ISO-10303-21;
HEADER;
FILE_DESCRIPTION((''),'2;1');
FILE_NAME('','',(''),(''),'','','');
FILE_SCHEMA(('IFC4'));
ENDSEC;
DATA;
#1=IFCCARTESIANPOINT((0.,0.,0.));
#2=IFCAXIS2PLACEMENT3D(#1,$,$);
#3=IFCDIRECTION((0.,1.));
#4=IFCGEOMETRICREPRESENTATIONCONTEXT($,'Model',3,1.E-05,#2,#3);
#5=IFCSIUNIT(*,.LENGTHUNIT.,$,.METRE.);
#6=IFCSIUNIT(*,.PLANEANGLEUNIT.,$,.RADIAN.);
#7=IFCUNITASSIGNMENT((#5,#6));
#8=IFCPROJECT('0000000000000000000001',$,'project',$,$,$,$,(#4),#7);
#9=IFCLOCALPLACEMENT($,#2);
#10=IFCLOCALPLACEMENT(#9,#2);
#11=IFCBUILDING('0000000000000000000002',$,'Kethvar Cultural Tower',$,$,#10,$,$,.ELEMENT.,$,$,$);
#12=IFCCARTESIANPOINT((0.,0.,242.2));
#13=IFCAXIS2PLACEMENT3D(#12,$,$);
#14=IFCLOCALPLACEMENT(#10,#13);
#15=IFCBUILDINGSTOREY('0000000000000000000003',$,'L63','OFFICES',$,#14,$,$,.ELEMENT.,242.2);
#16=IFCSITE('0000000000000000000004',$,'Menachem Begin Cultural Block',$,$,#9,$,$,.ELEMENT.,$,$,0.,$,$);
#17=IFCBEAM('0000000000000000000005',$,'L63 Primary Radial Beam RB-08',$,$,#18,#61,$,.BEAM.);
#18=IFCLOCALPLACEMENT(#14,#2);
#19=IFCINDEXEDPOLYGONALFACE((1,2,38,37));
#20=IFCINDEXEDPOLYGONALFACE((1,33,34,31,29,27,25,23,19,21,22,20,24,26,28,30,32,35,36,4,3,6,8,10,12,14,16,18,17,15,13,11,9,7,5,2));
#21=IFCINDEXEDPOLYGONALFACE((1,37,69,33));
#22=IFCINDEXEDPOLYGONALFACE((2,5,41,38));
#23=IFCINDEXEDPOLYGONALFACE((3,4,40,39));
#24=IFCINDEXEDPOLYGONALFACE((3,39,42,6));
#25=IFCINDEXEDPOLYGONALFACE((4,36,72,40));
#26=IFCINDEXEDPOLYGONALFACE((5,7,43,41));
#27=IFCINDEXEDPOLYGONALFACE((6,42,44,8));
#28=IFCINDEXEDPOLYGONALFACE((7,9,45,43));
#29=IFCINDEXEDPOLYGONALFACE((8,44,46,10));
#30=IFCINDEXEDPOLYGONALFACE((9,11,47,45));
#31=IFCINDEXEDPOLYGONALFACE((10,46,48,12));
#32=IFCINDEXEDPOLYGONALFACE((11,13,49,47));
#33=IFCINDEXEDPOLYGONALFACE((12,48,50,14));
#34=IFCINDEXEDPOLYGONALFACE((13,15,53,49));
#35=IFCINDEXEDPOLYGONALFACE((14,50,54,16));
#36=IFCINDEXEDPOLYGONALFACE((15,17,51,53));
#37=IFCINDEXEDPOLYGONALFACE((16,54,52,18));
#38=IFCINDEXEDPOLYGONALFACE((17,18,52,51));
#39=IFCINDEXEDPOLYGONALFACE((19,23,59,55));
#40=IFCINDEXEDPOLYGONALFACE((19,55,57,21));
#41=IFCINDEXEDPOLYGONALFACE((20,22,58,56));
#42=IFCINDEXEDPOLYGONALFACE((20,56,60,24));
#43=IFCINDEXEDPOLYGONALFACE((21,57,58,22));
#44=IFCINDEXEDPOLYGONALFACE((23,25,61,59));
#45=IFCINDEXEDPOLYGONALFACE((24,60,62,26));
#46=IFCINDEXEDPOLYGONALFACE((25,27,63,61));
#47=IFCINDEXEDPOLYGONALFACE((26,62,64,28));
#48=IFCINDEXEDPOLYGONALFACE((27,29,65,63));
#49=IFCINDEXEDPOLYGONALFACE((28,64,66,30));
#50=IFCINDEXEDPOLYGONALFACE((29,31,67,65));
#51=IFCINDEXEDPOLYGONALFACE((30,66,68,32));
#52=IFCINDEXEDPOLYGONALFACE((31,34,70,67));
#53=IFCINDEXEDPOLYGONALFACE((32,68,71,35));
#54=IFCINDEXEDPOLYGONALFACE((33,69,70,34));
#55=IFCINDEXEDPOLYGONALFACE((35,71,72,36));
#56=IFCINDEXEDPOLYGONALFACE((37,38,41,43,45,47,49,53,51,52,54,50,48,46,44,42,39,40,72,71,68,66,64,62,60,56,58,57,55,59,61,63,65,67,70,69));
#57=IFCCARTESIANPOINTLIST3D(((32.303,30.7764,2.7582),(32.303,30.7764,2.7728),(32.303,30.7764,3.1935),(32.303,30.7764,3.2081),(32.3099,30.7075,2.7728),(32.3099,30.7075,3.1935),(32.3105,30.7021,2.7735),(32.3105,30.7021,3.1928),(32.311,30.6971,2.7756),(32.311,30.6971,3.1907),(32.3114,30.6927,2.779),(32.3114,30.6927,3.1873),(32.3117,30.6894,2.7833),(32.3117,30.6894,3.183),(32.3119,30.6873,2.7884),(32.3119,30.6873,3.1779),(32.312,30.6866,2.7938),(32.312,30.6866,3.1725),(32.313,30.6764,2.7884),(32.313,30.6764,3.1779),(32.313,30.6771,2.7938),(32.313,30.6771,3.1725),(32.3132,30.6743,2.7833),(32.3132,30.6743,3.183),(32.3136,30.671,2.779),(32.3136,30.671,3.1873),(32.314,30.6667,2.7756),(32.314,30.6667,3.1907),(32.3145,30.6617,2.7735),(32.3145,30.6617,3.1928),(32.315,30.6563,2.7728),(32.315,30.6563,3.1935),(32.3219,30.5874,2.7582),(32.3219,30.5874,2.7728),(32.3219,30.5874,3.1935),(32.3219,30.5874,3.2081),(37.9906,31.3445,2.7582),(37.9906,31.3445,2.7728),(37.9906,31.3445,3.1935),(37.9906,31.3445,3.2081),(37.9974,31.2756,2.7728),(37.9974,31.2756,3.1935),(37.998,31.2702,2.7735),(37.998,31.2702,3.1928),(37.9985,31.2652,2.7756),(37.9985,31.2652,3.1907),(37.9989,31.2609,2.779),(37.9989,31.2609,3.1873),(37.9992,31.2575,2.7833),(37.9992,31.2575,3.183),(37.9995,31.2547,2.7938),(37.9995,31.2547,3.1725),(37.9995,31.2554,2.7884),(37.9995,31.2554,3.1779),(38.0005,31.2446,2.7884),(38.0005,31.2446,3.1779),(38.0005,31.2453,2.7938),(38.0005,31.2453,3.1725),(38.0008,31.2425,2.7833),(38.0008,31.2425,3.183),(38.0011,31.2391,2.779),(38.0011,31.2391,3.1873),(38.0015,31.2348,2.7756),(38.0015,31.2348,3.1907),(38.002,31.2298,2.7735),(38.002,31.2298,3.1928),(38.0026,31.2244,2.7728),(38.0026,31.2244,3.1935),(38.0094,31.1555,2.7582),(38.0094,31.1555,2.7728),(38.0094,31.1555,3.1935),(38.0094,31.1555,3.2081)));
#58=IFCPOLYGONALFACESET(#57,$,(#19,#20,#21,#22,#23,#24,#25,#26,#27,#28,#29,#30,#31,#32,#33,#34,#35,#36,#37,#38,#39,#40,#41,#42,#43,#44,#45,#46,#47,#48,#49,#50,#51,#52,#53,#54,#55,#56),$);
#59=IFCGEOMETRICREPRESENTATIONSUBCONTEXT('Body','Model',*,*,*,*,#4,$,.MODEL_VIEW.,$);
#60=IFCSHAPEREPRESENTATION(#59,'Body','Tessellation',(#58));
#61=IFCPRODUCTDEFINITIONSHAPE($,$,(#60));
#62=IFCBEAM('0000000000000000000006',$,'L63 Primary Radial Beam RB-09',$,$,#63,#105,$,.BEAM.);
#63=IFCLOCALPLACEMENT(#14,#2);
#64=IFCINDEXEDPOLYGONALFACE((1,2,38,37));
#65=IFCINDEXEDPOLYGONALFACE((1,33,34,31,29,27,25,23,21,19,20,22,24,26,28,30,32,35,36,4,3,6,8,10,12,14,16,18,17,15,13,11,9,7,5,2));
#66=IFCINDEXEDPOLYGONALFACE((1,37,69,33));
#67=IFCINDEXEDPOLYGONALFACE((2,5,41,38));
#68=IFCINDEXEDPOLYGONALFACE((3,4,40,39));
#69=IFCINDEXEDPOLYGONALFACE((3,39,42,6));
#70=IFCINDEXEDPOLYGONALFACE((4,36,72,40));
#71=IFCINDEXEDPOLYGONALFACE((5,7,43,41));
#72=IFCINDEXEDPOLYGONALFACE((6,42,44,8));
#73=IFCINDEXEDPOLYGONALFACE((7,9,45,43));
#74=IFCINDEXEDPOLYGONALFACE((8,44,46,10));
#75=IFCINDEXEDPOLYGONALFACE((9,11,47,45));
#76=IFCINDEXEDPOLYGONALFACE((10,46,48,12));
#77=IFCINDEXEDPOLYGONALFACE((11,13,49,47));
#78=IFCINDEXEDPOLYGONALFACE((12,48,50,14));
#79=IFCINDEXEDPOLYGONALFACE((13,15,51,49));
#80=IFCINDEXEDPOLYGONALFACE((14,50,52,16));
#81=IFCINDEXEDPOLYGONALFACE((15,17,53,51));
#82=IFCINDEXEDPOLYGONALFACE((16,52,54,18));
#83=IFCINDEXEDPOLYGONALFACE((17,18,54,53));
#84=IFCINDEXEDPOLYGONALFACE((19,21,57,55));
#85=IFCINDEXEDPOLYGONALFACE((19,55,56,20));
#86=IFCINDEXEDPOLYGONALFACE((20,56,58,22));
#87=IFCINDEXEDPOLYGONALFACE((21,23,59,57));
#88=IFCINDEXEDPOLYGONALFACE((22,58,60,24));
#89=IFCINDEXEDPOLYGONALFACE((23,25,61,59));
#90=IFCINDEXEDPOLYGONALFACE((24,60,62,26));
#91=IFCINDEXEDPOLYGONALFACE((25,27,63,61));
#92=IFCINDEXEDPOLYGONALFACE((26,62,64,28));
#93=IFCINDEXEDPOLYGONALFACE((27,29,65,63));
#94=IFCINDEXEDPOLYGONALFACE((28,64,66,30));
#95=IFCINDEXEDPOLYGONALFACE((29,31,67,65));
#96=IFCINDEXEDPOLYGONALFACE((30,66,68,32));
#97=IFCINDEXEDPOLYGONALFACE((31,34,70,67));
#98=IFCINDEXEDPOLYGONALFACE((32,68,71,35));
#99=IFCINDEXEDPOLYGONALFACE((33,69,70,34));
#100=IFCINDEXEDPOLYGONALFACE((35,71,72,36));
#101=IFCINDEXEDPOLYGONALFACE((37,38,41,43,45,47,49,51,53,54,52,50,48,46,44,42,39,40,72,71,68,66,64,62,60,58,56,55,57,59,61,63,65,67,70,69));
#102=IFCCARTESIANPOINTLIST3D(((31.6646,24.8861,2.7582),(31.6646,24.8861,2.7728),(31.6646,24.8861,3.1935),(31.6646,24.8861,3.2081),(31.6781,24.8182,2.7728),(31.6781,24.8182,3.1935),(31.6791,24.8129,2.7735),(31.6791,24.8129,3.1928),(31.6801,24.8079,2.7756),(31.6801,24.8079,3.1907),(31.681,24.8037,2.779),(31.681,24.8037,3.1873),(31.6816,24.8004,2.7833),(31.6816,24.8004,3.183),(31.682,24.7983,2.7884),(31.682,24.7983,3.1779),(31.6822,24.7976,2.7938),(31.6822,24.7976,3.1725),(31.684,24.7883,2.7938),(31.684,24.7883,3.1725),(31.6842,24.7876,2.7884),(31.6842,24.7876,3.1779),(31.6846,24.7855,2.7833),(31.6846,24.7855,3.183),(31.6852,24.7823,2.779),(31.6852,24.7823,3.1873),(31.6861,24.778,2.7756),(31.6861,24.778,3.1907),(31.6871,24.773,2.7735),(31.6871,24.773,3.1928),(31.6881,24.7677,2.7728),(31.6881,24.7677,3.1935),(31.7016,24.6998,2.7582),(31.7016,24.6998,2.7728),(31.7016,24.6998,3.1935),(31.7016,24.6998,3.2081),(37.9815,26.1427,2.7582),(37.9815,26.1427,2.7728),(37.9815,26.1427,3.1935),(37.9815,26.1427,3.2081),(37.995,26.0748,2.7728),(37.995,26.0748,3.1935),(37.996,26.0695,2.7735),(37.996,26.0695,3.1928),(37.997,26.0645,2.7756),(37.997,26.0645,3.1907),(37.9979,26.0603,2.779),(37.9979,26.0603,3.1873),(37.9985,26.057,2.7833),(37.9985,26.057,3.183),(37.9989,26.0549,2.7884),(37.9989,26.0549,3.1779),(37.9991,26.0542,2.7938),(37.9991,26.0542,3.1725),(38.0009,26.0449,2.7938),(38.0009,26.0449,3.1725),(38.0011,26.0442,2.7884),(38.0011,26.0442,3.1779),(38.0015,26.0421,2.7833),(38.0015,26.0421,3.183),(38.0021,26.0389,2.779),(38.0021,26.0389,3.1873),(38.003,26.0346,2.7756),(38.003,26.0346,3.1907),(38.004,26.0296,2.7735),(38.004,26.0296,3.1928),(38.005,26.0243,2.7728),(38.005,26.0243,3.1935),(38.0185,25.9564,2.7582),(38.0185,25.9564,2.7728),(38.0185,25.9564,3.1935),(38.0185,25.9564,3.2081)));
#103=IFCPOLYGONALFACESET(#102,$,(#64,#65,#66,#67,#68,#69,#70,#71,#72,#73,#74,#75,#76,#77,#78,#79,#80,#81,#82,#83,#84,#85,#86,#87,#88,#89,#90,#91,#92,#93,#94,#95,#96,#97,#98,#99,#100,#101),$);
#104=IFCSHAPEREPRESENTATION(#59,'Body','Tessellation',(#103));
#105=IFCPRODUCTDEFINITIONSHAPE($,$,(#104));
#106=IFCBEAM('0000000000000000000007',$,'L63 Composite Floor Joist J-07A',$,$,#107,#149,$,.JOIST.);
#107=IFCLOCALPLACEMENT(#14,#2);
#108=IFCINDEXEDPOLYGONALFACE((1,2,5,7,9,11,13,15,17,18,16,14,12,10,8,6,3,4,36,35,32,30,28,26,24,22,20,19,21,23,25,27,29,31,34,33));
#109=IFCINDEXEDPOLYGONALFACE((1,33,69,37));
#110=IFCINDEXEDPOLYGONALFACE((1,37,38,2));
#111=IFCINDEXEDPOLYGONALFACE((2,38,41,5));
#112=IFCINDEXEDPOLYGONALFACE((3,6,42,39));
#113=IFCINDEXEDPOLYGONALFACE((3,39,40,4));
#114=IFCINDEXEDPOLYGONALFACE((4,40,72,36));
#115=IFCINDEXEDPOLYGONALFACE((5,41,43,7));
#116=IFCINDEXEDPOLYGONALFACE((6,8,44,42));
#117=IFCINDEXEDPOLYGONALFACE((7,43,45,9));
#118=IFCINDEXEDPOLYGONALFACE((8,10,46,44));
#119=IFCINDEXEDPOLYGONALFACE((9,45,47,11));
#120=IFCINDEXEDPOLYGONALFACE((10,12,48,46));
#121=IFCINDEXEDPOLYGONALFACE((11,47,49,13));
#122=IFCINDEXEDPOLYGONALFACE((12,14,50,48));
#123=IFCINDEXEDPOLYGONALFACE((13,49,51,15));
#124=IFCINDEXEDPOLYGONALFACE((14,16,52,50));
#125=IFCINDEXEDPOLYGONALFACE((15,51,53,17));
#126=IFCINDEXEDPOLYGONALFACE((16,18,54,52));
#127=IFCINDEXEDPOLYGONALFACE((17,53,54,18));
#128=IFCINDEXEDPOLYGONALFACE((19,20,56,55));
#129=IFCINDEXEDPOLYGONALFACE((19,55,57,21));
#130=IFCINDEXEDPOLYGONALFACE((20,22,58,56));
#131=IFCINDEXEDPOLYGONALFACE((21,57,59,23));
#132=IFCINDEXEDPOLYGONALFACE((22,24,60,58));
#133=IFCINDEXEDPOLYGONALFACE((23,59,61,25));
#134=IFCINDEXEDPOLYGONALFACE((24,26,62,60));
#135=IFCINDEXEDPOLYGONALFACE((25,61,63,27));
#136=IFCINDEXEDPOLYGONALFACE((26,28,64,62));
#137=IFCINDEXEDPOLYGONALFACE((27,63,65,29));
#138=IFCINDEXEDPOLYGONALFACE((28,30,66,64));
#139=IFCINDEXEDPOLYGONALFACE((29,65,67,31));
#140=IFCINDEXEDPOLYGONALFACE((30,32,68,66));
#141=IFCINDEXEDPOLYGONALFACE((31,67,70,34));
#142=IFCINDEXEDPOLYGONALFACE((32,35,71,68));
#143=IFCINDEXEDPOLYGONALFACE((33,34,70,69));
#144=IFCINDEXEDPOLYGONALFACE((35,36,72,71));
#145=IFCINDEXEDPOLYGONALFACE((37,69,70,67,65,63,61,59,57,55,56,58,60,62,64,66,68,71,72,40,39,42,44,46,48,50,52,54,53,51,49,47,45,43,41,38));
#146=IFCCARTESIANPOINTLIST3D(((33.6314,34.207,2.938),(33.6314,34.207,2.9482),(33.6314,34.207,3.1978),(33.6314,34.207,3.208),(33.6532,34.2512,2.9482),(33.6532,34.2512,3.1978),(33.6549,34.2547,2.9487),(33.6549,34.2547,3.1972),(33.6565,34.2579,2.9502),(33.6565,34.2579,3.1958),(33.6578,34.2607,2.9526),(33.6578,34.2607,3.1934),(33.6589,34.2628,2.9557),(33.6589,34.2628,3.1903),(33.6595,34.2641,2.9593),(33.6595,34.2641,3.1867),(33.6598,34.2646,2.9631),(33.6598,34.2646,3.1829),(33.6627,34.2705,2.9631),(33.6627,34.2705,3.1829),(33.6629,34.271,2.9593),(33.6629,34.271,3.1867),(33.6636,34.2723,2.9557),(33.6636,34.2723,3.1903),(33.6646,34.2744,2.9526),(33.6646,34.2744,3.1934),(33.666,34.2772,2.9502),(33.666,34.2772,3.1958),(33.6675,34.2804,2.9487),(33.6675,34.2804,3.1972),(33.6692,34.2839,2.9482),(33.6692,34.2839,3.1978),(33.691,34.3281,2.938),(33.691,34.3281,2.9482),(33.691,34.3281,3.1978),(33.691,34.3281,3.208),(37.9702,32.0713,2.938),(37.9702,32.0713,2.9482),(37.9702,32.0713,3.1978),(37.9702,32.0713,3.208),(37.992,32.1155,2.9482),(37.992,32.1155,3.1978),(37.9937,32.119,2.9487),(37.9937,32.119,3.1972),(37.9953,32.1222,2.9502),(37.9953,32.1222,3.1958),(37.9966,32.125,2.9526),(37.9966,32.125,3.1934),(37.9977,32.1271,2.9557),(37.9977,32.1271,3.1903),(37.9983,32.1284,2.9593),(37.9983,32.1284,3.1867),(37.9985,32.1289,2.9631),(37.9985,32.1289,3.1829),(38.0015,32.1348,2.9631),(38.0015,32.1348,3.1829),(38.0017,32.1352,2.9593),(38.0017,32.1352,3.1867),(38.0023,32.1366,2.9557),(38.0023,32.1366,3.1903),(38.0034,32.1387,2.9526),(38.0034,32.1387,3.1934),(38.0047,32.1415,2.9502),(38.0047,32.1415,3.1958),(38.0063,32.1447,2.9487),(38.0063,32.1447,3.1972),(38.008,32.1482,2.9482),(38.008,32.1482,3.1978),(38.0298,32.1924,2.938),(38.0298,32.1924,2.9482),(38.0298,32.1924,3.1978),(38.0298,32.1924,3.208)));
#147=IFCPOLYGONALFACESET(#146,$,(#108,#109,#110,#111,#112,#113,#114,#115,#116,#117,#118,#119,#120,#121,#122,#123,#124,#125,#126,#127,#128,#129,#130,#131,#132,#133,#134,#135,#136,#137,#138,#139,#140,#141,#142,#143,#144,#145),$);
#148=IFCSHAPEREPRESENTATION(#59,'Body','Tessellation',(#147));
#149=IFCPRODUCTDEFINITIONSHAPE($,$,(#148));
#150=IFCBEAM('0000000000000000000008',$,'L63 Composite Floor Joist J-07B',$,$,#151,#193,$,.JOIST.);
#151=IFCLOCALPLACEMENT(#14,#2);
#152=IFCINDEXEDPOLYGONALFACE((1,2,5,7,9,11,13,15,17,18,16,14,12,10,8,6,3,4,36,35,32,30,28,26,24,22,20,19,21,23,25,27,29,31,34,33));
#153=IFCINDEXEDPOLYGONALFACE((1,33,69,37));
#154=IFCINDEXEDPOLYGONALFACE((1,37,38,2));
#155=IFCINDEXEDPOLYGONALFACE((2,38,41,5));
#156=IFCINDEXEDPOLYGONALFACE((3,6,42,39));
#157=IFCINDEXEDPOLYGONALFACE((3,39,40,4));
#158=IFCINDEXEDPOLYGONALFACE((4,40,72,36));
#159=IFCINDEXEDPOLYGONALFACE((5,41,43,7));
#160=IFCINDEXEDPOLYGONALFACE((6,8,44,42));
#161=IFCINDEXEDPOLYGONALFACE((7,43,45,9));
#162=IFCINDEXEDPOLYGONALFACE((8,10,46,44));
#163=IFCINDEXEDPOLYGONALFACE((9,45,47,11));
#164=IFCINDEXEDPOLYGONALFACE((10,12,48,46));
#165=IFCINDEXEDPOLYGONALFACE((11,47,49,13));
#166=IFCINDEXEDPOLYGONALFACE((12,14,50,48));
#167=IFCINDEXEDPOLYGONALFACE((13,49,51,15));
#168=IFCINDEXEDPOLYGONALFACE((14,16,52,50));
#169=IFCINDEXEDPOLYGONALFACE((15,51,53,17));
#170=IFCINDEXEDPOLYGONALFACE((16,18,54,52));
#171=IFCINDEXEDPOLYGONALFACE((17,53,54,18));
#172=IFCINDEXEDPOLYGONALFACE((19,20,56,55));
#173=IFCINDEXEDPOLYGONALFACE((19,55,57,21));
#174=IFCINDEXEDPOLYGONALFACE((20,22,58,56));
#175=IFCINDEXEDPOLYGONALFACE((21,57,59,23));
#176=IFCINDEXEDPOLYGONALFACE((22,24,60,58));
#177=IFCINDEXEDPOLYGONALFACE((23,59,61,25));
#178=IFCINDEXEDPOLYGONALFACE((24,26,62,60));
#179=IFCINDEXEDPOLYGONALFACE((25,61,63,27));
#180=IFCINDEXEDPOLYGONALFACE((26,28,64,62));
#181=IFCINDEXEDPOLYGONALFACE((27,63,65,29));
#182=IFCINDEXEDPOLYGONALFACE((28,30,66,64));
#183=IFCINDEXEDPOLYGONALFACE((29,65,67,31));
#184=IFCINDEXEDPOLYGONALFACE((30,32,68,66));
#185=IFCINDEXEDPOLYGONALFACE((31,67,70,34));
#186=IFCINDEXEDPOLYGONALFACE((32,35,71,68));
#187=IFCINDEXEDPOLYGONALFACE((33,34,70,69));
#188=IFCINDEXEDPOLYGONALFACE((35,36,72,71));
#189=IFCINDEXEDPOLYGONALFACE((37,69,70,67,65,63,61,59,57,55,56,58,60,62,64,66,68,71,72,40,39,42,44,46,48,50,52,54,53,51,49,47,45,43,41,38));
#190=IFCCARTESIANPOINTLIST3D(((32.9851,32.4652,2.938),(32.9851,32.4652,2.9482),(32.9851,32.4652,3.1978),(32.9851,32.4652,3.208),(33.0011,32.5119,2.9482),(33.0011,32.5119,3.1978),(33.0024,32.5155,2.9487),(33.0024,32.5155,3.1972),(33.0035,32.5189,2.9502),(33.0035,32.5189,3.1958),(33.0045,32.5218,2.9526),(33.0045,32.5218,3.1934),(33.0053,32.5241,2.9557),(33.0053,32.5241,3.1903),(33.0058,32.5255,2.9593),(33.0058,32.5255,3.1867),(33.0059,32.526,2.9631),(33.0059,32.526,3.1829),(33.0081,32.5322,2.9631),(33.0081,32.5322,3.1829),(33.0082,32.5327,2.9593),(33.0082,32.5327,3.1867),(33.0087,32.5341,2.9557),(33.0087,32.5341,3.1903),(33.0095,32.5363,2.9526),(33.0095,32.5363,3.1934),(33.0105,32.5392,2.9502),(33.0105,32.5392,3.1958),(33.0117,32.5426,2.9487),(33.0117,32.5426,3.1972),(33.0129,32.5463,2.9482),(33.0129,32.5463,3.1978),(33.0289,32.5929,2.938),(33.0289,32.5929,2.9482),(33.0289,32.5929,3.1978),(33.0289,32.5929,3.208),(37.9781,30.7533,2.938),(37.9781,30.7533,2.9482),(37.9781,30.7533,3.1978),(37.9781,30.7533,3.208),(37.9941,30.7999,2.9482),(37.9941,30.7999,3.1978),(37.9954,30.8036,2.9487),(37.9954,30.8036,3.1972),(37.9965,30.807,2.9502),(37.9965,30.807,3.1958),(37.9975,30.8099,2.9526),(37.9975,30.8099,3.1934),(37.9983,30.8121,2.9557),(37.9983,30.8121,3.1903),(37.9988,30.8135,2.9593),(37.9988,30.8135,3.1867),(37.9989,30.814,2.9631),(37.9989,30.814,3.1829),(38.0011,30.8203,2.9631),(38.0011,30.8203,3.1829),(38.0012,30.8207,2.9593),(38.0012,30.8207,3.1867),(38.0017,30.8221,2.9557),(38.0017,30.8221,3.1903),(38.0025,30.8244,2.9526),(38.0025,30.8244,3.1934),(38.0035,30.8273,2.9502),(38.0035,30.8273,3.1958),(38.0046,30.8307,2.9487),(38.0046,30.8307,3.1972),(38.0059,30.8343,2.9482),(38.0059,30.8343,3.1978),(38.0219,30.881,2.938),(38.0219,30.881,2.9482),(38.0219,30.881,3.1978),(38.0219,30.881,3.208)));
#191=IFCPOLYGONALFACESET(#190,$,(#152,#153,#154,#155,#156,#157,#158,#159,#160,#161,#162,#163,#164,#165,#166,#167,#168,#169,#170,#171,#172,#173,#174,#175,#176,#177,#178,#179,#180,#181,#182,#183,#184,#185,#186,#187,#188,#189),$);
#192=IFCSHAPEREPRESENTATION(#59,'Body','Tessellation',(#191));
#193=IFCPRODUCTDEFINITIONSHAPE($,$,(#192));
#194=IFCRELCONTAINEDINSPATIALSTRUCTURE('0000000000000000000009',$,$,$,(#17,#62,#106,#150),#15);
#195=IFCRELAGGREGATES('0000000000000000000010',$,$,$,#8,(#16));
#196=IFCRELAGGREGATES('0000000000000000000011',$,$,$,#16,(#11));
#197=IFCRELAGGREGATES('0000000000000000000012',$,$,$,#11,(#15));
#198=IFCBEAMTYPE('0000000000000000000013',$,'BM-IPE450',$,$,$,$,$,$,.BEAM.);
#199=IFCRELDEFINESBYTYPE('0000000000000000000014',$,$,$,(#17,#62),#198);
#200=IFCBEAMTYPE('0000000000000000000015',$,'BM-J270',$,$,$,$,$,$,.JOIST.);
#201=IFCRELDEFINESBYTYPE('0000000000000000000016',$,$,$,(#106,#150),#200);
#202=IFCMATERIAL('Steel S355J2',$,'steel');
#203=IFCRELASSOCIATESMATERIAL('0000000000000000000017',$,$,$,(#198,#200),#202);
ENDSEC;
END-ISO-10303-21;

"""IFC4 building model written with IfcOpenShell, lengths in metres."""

from ifc_helpers import new_model, si_unit, direction, frame, origin, origin_2d, place, context, subcontext, project, spatial, i_section, extrude, source, transform, mapped, material, material_profile, profile_set, type_object, element, save


model = new_model("IFC4")

# Units and contexts
model_context = context("Model", 3, precision=1e-05, world=origin(), true_north=direction((0.0, 1.0)))
body_context = subcontext(model_context, "Body", "Model", "MODEL_VIEW")
ifc_project = project(units=[si_unit("LENGTHUNIT", "METRE"), si_unit("PLANEANGLEUNIT", "RADIAN")], contexts=[model_context])

# Site, building, storey
site_placement = place(None, origin())
site = spatial("IfcSite", under=ifc_project, at=site_placement, Name="Menachem Begin Cultural Block", CompositionType="ELEMENT", RefElevation=0.0)
building_placement = place(site_placement, origin())
building = spatial("IfcBuilding", under=site, at=building_placement, Name="Kethvar Cultural Tower", CompositionType="ELEMENT")
storey_placement = place(building_placement, frame((0.0, 0.0, 242.2)))
storey = spatial("IfcBuildingStorey", under=building, at=storey_placement, Name="L63", Description="OFFICES", CompositionType="ELEMENT", Elevation=242.2)

# Beams
ifc_material_1 = material(Name="Steel S355J2", Category="steel")
ifc_material_profile_1 = material_profile(ifc_material_1, i_section(OverallWidth=0.1899, OverallDepth=0.45, WebThickness=0.0095, FlangeThickness=0.0146, FilletRadius=0.021, at=origin_2d()), Name="Steel S355J2 — IPE450")
ifc_profile_set_1 = profile_set([ifc_material_profile_1], Name="Steel S355J2 — IPE450")
beam_type_1 = type_object("IfcBeamType", Name="BM-IPE450", PredefinedType="BEAM", material=ifc_profile_set_1)
shared_shape_1 = source(origin(), body_context, "Body", "SweptSolid", [
    extrude(i_section(OverallWidth=0.1899, OverallDepth=0.45, WebThickness=0.0095, FlangeThickness=0.0146, FilletRadius=0.021, at=origin_2d()), origin(), (0.0, 0.0, 1.0), 5.7158),
])
beam_1_placement = place(storey_placement, frame((38.0, 31.25, 2.9832), z_axis=(-0.995048, -0.099394, 0.0), x_axis=(0.099394, -0.995048, 0.0)))
element("IfcBeam", 1, at=beam_1_placement, inside=storey, type_object=beam_type_1, Name="L63 Primary Radial Beam RB-08", PredefinedType="BEAM", context=body_context, shape_type="MappedRepresentation", body=[
    mapped(shared_shape_1, transform((0.0, 0.0, 0.0), scale=1.0)),
])
shared_shape_2 = source(origin(), body_context, "Body", "SweptSolid", [
    extrude(i_section(OverallWidth=0.1899, OverallDepth=0.45, WebThickness=0.0095, FlangeThickness=0.0146, FilletRadius=0.021, at=origin_2d()), origin(), (0.0, 0.0, 1.0), 6.4407),
])
beam_2_placement = place(storey_placement, frame((38.0, 26.0496, 2.9832), z_axis=(-0.980783, -0.195103, 0.0), x_axis=(0.195103, -0.980783, 0.0)))
element("IfcBeam", 2, at=beam_2_placement, inside=storey, type_object=beam_type_1, Name="L63 Primary Radial Beam RB-09", PredefinedType="BEAM", context=body_context, shape_type="MappedRepresentation", body=[
    mapped(shared_shape_2, transform((0.0, 0.0, 0.0), scale=1.0)),
])
ifc_material_profile_2 = material_profile(ifc_material_1, i_section(OverallWidth=0.135, OverallDepth=0.27, WebThickness=0.0066, FlangeThickness=0.0103, FilletRadius=0.0149, at=origin_2d()), Name="Steel S355J2 — IPE270")
ifc_profile_set_2 = profile_set([ifc_material_profile_2], Name="Steel S355J2 — IPE270")
beam_type_2 = type_object("IfcBeamType", Name="BM-J270", PredefinedType="JOIST", material=ifc_profile_set_2)
shared_shape_3 = source(origin(), body_context, "Body", "SweptSolid", [
    extrude(i_section(OverallWidth=0.135, OverallDepth=0.27, WebThickness=0.0066, FlangeThickness=0.0103, FilletRadius=0.0149, at=origin_2d()), origin(), (0.0, 0.0, 1.0), 4.8359),
])
beam_3_placement = place(storey_placement, frame((38.0, 32.1318, 3.073), z_axis=(-0.897197, 0.441632, 0.0), x_axis=(-0.441632, -0.897197, 0.0)))
element("IfcBeam", 3, at=beam_3_placement, inside=storey, type_object=beam_type_2, Name="L63 Composite Floor Joist J-07A", PredefinedType="JOIST", context=body_context, shape_type="MappedRepresentation", body=[
    mapped(shared_shape_3, transform((0.0, 0.0, 0.0), scale=1.0)),
])
shared_shape_4 = source(origin(), body_context, "Body", "SweptSolid", [
    extrude(i_section(OverallWidth=0.135, OverallDepth=0.27, WebThickness=0.0066, FlangeThickness=0.0103, FilletRadius=0.0149, at=origin_2d()), origin(), (0.0, 0.0, 1.0), 5.2783),
])
beam_4_placement = place(storey_placement, frame((38.0, 30.8171, 3.073), z_axis=(-0.945943, 0.324334, 0.0), x_axis=(-0.324334, -0.945943, 0.0)))
element("IfcBeam", 4, at=beam_4_placement, inside=storey, type_object=beam_type_2, Name="L63 Composite Floor Joist J-07B", PredefinedType="JOIST", context=body_context, shape_type="MappedRepresentation", body=[
    mapped(shared_shape_4, transform((0.0, 0.0, 0.0), scale=1.0)),
])

save(model, "model.ifc")
